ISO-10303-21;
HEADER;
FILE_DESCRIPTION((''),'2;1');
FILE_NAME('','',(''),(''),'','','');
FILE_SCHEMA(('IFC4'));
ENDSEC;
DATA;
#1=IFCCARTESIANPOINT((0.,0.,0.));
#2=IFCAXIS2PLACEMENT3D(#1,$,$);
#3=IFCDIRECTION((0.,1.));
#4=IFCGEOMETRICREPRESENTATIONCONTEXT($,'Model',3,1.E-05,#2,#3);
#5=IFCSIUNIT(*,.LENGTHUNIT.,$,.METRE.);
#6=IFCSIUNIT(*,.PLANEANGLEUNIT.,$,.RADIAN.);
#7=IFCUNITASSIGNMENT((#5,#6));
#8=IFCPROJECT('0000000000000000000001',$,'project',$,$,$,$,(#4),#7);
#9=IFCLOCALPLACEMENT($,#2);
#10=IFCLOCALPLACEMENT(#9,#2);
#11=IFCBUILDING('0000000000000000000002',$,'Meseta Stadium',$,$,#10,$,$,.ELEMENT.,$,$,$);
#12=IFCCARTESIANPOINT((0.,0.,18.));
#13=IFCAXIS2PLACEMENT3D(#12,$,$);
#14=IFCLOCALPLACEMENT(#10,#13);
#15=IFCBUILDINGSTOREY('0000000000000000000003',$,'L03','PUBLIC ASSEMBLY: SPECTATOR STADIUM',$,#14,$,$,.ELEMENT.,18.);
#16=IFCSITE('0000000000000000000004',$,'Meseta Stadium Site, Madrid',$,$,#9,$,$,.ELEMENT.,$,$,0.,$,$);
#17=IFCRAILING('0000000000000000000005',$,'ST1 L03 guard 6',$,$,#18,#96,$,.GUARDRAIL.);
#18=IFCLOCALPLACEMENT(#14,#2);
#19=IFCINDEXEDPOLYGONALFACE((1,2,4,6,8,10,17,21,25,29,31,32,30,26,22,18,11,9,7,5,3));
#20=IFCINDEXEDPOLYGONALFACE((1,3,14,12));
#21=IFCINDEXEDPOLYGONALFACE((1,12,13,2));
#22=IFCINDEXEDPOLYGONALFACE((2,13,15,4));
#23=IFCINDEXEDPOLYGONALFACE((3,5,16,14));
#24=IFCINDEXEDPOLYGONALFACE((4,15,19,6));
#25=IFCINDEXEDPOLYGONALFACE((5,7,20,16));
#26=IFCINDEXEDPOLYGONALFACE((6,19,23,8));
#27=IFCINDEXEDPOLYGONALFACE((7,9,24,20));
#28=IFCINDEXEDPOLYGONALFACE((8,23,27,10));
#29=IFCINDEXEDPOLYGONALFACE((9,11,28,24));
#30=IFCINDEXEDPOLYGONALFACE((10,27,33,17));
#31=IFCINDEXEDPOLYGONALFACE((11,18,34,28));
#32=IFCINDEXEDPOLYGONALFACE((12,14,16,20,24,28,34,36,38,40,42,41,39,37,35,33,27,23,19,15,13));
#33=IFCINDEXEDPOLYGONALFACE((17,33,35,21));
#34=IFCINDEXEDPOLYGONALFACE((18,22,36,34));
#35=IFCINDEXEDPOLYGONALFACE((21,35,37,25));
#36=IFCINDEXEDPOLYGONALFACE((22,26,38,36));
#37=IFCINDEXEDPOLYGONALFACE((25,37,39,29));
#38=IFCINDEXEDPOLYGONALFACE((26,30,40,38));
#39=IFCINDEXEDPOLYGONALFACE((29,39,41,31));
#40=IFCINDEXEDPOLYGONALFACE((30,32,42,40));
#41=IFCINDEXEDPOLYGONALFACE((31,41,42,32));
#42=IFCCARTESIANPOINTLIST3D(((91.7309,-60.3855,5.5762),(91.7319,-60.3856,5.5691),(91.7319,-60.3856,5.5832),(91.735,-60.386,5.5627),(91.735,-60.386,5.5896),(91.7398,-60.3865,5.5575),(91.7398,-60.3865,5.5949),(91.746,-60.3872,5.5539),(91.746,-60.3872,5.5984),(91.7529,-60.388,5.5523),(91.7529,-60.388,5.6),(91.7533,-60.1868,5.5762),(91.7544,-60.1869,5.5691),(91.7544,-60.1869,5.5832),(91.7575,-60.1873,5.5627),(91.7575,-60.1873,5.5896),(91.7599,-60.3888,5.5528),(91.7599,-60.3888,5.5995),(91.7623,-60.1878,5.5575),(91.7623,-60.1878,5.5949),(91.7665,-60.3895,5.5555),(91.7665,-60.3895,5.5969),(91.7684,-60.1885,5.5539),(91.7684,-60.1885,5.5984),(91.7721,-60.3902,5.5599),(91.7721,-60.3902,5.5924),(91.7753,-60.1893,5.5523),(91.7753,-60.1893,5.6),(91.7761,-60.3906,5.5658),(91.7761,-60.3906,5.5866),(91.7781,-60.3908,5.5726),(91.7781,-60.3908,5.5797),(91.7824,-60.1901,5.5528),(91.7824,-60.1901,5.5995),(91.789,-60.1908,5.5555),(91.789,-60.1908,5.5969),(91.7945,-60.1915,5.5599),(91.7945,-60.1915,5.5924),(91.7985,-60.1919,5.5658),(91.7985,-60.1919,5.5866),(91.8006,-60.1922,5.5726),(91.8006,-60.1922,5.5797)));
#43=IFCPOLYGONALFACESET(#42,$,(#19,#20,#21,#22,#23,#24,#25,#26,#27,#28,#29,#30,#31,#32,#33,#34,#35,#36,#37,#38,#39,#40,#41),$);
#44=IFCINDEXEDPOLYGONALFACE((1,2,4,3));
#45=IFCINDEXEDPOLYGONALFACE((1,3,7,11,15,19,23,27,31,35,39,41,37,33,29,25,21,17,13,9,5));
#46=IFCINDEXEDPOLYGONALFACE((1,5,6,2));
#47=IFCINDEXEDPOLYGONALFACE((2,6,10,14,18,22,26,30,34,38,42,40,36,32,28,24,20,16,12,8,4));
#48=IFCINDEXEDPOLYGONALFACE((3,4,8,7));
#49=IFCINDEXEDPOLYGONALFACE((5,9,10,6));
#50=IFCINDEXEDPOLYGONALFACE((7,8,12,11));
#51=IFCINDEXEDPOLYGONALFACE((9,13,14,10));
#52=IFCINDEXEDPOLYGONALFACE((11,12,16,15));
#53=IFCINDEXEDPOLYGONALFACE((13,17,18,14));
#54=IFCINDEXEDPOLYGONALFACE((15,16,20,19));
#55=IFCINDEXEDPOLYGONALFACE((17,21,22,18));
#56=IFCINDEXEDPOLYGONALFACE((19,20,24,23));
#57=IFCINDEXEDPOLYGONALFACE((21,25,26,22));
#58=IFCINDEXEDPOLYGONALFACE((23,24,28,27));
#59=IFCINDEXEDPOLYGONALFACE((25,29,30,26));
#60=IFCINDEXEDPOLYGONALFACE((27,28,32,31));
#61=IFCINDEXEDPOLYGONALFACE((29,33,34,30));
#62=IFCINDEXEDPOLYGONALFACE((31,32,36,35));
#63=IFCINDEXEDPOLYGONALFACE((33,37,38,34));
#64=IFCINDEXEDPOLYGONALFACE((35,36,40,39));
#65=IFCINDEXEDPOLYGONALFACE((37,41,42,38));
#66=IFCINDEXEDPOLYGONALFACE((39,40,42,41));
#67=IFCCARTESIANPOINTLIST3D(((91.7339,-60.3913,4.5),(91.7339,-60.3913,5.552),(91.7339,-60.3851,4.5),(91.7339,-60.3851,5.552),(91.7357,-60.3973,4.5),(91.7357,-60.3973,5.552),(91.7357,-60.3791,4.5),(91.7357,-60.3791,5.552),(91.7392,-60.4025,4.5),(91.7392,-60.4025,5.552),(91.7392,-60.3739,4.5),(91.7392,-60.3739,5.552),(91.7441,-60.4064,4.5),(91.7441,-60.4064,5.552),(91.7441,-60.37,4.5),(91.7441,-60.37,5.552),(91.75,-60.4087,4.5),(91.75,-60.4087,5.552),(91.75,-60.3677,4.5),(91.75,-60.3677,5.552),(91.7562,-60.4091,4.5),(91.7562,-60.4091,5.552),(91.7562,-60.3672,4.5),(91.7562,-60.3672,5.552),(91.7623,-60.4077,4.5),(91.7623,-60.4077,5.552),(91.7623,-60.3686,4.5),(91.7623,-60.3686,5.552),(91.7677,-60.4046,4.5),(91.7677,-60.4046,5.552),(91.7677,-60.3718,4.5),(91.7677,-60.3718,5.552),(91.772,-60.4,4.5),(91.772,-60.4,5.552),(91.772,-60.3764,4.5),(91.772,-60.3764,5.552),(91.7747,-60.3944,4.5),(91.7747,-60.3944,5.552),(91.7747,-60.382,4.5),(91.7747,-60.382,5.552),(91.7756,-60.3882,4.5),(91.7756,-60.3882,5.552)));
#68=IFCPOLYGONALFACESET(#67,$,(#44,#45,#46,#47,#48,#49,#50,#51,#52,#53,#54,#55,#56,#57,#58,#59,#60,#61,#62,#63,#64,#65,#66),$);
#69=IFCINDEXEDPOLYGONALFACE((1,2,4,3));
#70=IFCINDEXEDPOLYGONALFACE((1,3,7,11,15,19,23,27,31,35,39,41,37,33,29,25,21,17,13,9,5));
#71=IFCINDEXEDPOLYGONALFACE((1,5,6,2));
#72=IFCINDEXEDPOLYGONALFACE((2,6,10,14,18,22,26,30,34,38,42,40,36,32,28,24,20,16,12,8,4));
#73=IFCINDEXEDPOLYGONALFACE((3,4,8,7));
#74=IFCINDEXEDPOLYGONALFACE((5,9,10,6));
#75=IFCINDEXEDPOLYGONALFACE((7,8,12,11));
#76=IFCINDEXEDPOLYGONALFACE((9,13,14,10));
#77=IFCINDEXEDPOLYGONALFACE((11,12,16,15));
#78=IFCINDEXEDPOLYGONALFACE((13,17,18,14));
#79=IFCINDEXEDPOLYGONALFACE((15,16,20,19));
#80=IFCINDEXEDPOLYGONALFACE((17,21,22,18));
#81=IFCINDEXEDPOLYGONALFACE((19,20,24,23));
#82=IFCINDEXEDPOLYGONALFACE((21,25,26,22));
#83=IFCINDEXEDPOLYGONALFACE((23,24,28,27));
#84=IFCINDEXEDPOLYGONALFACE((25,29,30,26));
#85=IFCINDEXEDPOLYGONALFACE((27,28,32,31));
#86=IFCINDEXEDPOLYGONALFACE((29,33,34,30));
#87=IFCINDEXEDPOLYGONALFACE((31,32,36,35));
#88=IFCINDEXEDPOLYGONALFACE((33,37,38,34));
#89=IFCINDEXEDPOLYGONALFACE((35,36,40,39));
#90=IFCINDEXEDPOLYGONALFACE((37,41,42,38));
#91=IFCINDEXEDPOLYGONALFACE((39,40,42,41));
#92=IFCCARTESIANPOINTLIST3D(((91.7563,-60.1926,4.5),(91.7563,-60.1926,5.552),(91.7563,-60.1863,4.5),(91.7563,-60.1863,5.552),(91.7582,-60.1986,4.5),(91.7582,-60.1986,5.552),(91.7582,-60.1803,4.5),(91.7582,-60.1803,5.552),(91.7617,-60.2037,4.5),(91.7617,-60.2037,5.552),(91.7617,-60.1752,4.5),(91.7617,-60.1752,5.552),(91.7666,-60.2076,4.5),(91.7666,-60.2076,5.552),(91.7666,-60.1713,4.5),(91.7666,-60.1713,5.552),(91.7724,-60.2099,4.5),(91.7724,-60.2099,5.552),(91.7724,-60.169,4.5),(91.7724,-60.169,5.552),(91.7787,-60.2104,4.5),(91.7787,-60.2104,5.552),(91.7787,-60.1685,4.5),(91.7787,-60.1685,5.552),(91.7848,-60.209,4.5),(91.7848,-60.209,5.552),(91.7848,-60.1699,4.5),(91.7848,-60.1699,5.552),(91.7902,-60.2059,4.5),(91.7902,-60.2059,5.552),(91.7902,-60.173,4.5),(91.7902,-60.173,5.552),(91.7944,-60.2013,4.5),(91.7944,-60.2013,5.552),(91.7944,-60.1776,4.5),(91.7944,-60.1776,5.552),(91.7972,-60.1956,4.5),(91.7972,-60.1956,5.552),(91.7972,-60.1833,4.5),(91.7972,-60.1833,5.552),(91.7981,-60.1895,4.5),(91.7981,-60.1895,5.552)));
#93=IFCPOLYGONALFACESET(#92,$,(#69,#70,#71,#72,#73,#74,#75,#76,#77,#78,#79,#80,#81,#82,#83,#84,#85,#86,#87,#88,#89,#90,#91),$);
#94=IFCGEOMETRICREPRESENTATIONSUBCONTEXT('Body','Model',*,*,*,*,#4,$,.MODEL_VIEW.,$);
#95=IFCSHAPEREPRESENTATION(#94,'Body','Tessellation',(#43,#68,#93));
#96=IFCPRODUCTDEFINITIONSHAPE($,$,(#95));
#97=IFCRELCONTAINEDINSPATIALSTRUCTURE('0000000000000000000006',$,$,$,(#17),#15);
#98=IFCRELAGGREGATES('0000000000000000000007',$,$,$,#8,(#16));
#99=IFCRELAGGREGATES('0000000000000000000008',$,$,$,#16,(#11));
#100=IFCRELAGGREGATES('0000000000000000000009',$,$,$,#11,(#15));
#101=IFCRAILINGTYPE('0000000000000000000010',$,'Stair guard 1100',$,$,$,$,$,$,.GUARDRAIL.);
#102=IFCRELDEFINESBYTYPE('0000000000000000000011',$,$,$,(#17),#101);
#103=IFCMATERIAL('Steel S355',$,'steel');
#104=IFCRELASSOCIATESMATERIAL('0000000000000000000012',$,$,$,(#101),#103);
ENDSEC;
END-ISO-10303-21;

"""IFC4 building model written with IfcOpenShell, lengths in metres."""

from ifc_helpers import new_model, si_unit, direction, frame, origin, origin_2d, place, context, subcontext, project, spatial, circle, extrude, material, type_object, element, save


model = new_model("IFC4")

# Units and contexts
model_context = context("Model", 3, precision=1e-05, world=origin(), true_north=direction((0.0, 1.0)))
body_context = subcontext(model_context, "Body", "Model", "MODEL_VIEW")
ifc_project = project(units=[si_unit("LENGTHUNIT", "METRE"), si_unit("PLANEANGLEUNIT", "RADIAN")], contexts=[model_context])

# Site, building, storey
site_placement = place(None, origin())
site = spatial("IfcSite", under=ifc_project, at=site_placement, Name="Meseta Stadium Site, Madrid", CompositionType="ELEMENT", RefElevation=0.0)
building_placement = place(site_placement, origin())
building = spatial("IfcBuilding", under=site, at=building_placement, Name="Meseta Stadium", CompositionType="ELEMENT")
storey_placement = place(building_placement, frame((0.0, 0.0, 18.0)))
storey = spatial("IfcBuildingStorey", under=building, at=storey_placement, Name="L03", Description="PUBLIC ASSEMBLY: SPECTATOR STADIUM", CompositionType="ELEMENT", Elevation=18.0)

# Railing
ifc_material_1 = material(Name="Steel S355", Category="steel")
railing_type_1 = type_object("IfcRailingType", Name="Stair guard 1100", PredefinedType="GUARDRAIL", material=ifc_material_1)
railing_1_placement = place(storey_placement, frame((91.7546, -60.3882, 4.5)))
element("IfcRailing", 1, at=railing_1_placement, inside=storey, type_object=railing_type_1, Name="ST1 L03 guard 6", PredefinedType="GUARDRAIL", context=body_context, shape_type="SweptSolid", body=[
    extrude(circle(Radius=0.0239, at=origin_2d()), frame((0.0, 0.0, 1.0762), z_axis=(0.112307, 0.993674, 0.0), x_axis=(-0.993674, 0.112307, 0.0)), (0.0, 0.0, 1.0), 0.2),
    extrude(circle(Radius=0.021, at=origin_2d()), origin(), (0.0, 0.0, 1.0), 1.052),
    extrude(circle(Radius=0.021, at=origin_2d()), frame((0.0225, 0.1987, 0.0)), (0.0, 0.0, 1.0), 1.052),
])

save(model, "model.ifc")
